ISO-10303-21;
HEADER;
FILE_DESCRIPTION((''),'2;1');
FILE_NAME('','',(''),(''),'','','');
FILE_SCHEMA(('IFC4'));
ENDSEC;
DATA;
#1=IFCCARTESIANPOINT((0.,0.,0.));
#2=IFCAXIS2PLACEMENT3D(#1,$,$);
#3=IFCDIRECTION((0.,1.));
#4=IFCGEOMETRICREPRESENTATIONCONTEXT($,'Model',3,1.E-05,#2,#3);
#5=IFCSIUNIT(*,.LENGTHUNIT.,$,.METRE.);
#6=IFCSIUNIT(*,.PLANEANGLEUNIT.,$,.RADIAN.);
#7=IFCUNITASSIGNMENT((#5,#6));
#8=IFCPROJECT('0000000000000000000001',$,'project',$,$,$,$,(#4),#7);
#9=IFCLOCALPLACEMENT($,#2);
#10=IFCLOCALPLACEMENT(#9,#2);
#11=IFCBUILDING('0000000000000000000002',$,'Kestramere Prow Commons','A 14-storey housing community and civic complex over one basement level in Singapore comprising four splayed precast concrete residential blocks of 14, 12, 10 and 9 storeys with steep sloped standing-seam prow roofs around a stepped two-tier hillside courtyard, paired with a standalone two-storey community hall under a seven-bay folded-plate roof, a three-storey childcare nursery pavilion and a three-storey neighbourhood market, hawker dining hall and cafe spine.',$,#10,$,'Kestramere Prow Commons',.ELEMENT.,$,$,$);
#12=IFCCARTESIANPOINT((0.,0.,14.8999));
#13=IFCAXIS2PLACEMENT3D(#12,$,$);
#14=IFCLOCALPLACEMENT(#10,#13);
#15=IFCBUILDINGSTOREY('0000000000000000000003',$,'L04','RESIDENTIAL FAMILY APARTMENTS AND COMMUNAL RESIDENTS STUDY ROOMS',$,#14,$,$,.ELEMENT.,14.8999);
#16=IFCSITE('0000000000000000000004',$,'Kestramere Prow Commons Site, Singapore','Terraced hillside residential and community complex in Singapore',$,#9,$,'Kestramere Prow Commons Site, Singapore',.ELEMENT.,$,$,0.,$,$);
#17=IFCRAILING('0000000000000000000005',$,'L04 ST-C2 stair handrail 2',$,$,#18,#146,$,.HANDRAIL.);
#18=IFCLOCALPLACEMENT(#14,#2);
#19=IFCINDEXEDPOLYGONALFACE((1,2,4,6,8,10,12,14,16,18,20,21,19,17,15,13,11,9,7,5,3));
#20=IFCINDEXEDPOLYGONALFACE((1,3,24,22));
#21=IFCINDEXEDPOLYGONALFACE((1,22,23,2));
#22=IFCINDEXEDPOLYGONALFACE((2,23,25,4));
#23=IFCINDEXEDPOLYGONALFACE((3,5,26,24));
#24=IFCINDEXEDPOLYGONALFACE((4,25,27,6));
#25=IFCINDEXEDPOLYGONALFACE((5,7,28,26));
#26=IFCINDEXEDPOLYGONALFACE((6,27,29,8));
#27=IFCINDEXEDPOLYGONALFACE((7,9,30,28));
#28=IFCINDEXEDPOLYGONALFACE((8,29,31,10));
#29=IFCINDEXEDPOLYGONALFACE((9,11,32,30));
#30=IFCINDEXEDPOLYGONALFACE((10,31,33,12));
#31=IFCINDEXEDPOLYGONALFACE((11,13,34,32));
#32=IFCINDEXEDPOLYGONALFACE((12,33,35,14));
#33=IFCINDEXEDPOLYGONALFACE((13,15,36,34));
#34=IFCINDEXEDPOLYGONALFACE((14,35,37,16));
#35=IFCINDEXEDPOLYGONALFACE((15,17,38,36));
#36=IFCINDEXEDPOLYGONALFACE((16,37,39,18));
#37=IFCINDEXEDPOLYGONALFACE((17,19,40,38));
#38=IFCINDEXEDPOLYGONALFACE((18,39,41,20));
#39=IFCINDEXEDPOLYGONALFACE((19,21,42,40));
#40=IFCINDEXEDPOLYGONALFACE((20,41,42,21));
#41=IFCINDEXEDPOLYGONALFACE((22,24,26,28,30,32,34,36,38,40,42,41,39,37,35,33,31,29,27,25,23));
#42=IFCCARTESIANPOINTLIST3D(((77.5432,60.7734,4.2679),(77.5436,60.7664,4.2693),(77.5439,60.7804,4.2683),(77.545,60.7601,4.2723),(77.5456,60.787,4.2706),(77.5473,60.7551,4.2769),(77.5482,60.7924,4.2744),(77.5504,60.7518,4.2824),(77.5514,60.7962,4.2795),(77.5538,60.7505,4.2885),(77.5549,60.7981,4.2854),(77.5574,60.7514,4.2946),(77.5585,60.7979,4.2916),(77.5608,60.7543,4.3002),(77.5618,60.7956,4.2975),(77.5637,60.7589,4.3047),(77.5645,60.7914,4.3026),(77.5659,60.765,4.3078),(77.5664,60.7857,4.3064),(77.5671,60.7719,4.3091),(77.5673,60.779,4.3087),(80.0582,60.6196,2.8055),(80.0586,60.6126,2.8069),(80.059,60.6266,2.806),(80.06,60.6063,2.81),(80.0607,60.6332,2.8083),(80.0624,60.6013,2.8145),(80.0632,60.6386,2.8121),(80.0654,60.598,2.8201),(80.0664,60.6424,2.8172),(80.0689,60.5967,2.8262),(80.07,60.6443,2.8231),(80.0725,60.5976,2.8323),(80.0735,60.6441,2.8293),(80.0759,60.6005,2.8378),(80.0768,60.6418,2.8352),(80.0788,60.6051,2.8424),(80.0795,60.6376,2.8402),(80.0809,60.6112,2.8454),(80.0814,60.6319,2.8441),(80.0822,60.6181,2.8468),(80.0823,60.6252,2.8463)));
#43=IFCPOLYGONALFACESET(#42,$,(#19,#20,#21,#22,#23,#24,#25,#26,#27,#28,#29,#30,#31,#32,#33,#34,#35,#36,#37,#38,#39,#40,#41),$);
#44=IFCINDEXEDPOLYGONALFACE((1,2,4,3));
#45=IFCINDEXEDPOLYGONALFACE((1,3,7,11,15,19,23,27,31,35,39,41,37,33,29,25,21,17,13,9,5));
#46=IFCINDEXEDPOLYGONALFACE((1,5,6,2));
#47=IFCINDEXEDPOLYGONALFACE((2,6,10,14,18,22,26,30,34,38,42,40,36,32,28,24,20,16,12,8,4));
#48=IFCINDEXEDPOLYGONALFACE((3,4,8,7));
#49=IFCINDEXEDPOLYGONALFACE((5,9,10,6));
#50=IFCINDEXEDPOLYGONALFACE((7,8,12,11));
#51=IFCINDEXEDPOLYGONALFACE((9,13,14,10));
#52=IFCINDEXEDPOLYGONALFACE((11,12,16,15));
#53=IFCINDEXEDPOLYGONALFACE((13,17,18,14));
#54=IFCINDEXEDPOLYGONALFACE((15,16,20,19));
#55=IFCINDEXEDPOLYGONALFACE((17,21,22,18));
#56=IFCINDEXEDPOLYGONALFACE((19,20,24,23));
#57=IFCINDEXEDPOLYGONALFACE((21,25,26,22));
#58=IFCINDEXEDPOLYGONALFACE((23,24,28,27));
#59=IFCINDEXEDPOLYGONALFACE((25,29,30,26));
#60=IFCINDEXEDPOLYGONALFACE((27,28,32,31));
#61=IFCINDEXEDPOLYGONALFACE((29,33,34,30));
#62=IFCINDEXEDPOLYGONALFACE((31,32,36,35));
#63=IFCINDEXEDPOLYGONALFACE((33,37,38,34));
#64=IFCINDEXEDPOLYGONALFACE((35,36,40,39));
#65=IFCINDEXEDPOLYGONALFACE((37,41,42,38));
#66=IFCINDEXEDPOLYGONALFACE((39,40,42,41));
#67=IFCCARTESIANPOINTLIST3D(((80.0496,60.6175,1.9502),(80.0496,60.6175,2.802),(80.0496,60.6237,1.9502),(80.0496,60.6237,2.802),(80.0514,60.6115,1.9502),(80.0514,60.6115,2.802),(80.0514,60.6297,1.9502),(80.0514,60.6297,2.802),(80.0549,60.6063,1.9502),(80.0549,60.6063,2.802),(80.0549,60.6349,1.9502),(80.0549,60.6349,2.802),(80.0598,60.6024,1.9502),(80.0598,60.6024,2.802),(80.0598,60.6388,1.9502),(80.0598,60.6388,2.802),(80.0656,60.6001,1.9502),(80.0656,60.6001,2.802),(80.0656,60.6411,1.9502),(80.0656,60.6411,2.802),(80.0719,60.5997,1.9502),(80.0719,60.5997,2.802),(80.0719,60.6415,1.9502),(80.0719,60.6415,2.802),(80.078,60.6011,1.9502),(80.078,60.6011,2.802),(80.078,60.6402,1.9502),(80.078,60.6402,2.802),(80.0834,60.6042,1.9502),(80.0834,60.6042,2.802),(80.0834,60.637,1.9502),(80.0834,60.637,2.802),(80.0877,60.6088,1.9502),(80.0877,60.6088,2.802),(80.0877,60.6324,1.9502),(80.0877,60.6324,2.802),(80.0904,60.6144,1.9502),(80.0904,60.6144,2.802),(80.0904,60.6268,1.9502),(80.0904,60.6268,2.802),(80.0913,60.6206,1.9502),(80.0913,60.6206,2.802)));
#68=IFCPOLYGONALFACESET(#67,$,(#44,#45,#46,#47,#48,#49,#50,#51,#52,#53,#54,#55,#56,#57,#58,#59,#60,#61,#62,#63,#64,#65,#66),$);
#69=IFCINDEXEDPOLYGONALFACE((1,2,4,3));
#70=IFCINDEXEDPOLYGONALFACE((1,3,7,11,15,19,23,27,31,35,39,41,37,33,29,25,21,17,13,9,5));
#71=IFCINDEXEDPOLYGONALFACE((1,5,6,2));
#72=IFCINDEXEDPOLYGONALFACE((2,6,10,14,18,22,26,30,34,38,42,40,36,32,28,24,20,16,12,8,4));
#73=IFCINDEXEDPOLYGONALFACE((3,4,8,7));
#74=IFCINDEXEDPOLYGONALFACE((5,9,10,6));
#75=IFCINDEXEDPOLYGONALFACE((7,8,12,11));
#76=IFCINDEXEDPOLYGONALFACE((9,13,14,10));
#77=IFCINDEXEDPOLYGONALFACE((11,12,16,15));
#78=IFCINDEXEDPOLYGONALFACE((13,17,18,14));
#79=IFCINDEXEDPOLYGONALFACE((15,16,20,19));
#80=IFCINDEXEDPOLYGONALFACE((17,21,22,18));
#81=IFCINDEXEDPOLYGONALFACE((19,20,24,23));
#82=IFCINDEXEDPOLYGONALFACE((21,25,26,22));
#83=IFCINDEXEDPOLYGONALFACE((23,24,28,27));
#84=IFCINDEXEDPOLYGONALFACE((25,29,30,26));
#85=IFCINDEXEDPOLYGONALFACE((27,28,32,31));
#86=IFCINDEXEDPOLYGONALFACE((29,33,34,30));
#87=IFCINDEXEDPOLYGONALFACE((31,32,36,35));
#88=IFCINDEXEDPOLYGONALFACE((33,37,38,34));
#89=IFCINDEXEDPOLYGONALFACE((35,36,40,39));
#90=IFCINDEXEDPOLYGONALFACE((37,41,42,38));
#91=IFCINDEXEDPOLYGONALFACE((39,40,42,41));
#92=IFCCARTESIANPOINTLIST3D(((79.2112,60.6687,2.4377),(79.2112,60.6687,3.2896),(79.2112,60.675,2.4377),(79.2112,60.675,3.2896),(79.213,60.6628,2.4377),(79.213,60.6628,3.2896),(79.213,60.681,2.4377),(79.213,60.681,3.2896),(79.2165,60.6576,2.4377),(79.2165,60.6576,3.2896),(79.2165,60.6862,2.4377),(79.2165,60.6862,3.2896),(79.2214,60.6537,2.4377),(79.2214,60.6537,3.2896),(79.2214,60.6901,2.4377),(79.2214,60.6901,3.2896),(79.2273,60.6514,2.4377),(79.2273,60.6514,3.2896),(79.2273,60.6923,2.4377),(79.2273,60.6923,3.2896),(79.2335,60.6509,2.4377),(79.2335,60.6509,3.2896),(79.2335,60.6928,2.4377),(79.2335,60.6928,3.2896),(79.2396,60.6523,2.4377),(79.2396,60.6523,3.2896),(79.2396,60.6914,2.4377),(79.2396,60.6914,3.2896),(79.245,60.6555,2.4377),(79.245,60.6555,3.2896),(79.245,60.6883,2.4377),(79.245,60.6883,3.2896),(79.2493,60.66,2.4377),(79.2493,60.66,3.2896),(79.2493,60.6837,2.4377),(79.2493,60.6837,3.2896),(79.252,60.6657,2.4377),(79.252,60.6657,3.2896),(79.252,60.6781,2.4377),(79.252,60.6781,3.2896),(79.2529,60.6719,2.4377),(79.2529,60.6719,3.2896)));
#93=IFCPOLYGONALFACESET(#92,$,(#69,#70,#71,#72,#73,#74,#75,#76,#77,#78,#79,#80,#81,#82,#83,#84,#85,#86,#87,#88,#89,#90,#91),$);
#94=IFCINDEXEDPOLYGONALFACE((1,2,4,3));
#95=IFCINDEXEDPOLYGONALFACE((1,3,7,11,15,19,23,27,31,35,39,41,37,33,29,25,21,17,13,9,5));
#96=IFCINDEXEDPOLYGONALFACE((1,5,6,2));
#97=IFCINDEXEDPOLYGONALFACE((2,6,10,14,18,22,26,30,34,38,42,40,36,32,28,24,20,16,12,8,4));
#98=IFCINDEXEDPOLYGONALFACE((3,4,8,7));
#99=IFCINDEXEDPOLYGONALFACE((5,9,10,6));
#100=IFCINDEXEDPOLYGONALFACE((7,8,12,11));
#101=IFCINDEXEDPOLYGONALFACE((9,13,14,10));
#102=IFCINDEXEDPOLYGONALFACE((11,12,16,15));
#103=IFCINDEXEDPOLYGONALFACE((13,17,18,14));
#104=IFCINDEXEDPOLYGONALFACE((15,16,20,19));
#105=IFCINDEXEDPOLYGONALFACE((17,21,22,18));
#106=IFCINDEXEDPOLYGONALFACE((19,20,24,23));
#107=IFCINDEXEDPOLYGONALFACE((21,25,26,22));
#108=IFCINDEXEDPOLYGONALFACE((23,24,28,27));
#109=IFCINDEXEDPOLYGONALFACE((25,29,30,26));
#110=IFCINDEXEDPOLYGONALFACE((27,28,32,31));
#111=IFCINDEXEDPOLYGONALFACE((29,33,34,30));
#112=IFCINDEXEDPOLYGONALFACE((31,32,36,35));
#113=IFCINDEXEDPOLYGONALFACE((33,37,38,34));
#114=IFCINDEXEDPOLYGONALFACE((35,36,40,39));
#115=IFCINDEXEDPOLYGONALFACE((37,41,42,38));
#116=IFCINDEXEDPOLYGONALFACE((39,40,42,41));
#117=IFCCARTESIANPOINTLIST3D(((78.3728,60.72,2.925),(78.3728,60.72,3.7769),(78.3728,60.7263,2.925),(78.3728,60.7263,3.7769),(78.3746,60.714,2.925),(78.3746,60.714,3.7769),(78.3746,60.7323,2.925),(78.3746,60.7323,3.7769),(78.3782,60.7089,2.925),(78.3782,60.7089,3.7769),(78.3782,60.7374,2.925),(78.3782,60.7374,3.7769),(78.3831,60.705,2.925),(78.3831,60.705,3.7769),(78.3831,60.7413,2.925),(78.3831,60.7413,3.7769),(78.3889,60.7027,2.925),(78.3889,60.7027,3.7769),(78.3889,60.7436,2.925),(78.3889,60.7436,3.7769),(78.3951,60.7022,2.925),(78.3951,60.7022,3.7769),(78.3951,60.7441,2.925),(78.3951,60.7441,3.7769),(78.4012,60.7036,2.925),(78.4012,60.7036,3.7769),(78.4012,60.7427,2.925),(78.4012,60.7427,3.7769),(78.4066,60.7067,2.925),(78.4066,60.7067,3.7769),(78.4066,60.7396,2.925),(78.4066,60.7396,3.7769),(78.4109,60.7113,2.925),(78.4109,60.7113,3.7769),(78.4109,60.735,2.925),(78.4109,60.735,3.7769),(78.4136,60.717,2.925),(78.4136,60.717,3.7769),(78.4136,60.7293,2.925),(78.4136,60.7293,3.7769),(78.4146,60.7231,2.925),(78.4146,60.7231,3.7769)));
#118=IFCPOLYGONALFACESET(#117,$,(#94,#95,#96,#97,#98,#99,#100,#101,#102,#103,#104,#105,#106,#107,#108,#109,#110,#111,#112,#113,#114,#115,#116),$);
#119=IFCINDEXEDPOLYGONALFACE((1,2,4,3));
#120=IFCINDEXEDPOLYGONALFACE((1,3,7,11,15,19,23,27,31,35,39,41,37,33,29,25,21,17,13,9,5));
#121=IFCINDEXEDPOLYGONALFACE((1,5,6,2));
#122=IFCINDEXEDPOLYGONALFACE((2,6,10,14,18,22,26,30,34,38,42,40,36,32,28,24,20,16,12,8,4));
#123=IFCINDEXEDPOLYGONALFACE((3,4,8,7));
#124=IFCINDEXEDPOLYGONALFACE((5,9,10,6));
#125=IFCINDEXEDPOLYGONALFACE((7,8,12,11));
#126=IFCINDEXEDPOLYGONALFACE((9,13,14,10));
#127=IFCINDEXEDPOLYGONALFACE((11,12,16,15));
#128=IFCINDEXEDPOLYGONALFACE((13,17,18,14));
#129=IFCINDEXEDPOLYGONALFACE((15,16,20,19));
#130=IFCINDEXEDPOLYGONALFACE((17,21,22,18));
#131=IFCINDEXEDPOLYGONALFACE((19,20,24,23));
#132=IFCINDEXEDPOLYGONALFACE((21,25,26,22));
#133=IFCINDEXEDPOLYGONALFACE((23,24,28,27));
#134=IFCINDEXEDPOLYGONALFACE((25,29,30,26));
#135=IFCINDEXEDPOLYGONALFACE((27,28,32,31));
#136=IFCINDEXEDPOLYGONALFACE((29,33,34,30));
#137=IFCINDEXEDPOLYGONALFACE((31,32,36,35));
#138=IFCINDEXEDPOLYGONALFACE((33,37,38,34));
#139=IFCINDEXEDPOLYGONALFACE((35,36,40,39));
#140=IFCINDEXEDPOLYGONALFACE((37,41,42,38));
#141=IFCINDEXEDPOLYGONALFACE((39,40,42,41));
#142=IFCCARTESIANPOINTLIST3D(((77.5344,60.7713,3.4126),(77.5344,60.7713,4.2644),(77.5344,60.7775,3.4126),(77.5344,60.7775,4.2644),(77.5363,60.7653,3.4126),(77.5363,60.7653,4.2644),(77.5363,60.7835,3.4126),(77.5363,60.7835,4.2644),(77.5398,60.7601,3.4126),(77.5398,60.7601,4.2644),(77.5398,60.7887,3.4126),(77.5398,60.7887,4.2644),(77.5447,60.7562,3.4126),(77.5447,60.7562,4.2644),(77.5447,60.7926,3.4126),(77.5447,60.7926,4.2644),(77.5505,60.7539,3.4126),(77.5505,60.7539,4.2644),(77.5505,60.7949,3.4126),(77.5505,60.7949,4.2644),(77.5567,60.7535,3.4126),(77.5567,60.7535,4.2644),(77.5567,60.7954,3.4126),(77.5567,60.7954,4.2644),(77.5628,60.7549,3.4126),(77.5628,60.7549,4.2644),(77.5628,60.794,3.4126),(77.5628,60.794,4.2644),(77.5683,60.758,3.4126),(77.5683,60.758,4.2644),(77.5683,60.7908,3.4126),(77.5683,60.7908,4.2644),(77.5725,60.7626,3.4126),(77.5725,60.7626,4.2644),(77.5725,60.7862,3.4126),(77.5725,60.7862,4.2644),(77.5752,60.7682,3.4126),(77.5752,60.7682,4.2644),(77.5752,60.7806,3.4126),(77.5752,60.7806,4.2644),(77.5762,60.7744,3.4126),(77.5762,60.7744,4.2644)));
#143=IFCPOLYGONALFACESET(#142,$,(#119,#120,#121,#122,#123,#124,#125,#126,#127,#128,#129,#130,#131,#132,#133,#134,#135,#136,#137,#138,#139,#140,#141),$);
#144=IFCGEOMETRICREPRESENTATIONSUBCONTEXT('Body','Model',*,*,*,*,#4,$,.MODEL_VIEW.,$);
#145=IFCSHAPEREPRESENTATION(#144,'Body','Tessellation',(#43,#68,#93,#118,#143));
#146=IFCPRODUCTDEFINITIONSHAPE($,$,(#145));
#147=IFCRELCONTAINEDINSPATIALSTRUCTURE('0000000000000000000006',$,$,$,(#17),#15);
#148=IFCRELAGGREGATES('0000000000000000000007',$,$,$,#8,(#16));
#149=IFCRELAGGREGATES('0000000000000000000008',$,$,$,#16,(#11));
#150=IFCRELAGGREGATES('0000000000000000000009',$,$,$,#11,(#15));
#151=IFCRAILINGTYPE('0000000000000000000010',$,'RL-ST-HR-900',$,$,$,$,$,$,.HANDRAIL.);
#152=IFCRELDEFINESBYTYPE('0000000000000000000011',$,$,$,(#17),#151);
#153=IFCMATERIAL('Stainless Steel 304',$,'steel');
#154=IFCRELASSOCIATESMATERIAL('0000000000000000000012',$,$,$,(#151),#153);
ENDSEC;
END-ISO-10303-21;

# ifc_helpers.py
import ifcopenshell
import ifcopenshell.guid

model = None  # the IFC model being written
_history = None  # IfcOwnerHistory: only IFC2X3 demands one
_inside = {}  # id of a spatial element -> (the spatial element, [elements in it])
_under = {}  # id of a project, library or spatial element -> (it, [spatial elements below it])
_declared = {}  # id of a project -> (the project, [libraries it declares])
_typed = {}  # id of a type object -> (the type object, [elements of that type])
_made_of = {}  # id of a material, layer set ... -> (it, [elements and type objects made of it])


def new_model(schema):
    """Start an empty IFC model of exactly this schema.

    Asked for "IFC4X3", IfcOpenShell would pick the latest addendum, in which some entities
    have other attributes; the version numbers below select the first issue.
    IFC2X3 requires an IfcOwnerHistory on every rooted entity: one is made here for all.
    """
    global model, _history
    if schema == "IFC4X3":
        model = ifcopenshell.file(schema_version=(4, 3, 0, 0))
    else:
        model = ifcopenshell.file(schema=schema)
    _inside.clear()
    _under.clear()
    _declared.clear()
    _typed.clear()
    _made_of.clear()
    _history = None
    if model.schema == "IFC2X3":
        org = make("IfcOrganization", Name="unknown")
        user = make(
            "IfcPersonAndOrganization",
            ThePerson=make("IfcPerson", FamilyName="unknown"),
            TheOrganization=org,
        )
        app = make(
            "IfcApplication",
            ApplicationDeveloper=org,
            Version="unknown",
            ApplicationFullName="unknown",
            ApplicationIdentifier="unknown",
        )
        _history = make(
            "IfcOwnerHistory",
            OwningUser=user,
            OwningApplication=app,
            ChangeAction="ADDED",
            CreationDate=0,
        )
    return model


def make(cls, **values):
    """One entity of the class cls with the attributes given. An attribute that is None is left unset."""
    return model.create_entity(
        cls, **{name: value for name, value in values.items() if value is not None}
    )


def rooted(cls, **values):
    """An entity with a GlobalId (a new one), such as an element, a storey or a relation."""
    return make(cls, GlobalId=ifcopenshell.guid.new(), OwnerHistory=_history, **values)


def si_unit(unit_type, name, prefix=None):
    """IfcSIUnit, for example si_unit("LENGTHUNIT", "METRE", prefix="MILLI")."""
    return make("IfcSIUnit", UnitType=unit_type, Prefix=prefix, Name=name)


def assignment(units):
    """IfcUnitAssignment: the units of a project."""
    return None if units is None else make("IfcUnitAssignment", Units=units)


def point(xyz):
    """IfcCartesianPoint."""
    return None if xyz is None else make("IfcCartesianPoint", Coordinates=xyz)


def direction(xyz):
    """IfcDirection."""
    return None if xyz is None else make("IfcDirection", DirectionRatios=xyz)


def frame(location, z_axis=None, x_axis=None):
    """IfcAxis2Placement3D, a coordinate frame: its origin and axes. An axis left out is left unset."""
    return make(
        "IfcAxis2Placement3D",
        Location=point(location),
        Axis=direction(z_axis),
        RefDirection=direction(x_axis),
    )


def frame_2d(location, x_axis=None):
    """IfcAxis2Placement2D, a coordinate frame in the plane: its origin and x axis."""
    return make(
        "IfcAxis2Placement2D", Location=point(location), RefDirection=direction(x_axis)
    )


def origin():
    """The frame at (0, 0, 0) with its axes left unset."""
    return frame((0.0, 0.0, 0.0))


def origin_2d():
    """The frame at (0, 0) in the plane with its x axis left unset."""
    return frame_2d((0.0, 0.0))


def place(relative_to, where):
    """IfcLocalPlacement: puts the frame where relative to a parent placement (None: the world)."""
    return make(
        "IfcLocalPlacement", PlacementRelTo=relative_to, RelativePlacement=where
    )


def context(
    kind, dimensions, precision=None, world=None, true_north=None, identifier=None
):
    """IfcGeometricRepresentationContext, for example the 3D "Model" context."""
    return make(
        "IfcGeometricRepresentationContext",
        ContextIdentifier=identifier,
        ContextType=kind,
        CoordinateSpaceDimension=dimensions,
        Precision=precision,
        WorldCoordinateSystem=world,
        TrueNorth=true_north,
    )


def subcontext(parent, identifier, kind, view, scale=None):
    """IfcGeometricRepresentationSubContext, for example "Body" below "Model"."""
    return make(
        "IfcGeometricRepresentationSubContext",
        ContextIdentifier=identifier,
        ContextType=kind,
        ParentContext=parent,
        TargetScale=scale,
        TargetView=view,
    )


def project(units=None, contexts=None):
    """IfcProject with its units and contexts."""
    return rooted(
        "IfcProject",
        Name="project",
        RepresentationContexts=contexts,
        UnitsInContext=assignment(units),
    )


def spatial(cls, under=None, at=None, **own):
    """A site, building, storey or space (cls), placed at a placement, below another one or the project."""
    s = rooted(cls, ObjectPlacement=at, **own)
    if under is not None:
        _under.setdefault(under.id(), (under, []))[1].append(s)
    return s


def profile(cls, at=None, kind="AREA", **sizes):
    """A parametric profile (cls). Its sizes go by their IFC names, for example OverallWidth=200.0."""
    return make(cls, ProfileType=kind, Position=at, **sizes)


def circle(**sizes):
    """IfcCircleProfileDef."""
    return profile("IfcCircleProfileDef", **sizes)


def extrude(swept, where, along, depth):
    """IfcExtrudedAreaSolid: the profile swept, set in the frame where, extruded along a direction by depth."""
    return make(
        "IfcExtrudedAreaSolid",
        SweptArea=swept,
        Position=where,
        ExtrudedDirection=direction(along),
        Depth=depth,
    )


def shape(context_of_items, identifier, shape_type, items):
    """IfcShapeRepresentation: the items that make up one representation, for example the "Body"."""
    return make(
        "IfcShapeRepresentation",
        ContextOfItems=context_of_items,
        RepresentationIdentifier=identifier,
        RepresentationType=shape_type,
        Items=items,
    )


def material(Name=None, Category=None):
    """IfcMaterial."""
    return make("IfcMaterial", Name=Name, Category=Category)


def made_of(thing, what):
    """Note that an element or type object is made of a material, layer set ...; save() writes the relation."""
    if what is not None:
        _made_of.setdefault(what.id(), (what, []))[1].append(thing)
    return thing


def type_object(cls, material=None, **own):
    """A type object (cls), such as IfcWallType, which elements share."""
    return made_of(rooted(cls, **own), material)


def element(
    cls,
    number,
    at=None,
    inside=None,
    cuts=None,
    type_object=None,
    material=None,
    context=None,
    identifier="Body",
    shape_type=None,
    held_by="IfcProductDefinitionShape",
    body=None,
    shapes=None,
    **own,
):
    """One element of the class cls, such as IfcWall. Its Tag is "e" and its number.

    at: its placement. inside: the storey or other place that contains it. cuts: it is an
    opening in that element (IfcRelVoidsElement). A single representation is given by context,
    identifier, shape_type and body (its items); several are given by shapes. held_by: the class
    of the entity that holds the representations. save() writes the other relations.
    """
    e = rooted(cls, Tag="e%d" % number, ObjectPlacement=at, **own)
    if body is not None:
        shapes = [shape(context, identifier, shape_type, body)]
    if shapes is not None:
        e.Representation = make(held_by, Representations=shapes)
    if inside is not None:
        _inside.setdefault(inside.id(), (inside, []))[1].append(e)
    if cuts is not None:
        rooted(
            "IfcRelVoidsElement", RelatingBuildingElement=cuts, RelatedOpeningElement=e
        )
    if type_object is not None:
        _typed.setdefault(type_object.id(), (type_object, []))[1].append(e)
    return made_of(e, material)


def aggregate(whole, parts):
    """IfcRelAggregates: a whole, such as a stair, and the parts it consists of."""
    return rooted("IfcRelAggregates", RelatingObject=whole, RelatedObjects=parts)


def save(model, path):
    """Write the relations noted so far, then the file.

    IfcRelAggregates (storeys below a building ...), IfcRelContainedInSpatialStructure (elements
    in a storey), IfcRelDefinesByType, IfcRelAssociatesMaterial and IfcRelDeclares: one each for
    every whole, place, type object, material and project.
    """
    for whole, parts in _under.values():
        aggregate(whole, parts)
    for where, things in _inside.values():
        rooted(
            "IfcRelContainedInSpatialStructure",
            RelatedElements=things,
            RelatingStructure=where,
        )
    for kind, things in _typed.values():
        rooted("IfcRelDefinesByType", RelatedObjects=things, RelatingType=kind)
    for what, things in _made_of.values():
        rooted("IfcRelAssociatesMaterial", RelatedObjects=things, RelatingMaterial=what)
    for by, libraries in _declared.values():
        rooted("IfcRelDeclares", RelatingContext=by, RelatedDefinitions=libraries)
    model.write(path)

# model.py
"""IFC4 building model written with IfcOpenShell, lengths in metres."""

from ifc_helpers import new_model, si_unit, direction, frame, origin, origin_2d, place, context, subcontext, project, spatial, circle, extrude, material, type_object, element, save


model = new_model("IFC4")

# Units and contexts
model_context = context("Model", 3, precision=1e-05, world=origin(), true_north=direction((0.0, 1.0)))
body_context = subcontext(model_context, "Body", "Model", "MODEL_VIEW")
ifc_project = project(units=[si_unit("LENGTHUNIT", "METRE"), si_unit("PLANEANGLEUNIT", "RADIAN")], contexts=[model_context])

# Site, building, storey
site_placement = place(None, origin())
site = spatial("IfcSite", under=ifc_project, at=site_placement, Name="Kestramere Prow Commons Site, Singapore", Description="Terraced hillside residential and community complex in Singapore", LongName="Kestramere Prow Commons Site, Singapore", CompositionType="ELEMENT", RefElevation=0.0)
building_placement = place(site_placement, origin())
building = spatial("IfcBuilding", under=site, at=building_placement, Name="Kestramere Prow Commons", Description="A 14-storey housing community and civic complex over one basement level in Singapore comprising four splayed precast concrete residential blocks of 14, 12, 10 and 9 storeys with steep sloped standing-seam prow roofs around a stepped two-tier hillside courtyard, paired with a standalone two-storey community hall under a seven-bay folded-plate roof, a three-storey childcare nursery pavilion and a three-storey neighbourhood market, hawker dining hall and cafe spine.", LongName="Kestramere Prow Commons", CompositionType="ELEMENT")
storey_placement = place(building_placement, frame((0.0, 0.0, 14.8999)))
storey = spatial("IfcBuildingStorey", under=building, at=storey_placement, Name="L04", Description="RESIDENTIAL FAMILY APARTMENTS AND COMMUNAL RESIDENTS STUDY ROOMS", CompositionType="ELEMENT", Elevation=14.8999)

# Railing
ifc_material_1 = material(Name="Stainless Steel 304", Category="steel")
railing_type_1 = type_object("IfcRailingType", Name="RL-ST-HR-900", PredefinedType="HANDRAIL", material=ifc_material_1)
railing_1_placement = place(storey_placement, frame((80.0703, 60.6206, 1.9502)))
element("IfcRailing", 1, at=railing_1_placement, inside=storey, type_object=railing_type_1, Name="L04 ST-C2 stair handrail 2", PredefinedType="HANDRAIL", context=body_context, shape_type="SweptSolid", body=[
    extrude(circle(Radius=0.0239, at=origin_2d()), frame((0.0, 0.0, 0.876), z_axis=(-0.863285, 0.052793, 0.501949), x_axis=(-0.061039, -0.998135, 0.0)), (0.0, 0.0, 1.0), 2.9133),
    extrude(circle(Radius=0.021, at=origin_2d()), origin(), (0.0, 0.0, 1.0), 0.8518),
    extrude(circle(Radius=0.021, at=origin_2d()), frame((-0.8384, 0.0513, 0.4875)), (0.0, 0.0, 1.0), 0.8518),
    extrude(circle(Radius=0.021, at=origin_2d()), frame((-1.6768, 0.1025, 0.9749)), (0.0, 0.0, 1.0), 0.8518),
    extrude(circle(Radius=0.021, at=origin_2d()), frame((-2.5151, 0.1538, 1.4624)), (0.0, 0.0, 1.0), 0.8518),
])

save(model, "model.ifc")
